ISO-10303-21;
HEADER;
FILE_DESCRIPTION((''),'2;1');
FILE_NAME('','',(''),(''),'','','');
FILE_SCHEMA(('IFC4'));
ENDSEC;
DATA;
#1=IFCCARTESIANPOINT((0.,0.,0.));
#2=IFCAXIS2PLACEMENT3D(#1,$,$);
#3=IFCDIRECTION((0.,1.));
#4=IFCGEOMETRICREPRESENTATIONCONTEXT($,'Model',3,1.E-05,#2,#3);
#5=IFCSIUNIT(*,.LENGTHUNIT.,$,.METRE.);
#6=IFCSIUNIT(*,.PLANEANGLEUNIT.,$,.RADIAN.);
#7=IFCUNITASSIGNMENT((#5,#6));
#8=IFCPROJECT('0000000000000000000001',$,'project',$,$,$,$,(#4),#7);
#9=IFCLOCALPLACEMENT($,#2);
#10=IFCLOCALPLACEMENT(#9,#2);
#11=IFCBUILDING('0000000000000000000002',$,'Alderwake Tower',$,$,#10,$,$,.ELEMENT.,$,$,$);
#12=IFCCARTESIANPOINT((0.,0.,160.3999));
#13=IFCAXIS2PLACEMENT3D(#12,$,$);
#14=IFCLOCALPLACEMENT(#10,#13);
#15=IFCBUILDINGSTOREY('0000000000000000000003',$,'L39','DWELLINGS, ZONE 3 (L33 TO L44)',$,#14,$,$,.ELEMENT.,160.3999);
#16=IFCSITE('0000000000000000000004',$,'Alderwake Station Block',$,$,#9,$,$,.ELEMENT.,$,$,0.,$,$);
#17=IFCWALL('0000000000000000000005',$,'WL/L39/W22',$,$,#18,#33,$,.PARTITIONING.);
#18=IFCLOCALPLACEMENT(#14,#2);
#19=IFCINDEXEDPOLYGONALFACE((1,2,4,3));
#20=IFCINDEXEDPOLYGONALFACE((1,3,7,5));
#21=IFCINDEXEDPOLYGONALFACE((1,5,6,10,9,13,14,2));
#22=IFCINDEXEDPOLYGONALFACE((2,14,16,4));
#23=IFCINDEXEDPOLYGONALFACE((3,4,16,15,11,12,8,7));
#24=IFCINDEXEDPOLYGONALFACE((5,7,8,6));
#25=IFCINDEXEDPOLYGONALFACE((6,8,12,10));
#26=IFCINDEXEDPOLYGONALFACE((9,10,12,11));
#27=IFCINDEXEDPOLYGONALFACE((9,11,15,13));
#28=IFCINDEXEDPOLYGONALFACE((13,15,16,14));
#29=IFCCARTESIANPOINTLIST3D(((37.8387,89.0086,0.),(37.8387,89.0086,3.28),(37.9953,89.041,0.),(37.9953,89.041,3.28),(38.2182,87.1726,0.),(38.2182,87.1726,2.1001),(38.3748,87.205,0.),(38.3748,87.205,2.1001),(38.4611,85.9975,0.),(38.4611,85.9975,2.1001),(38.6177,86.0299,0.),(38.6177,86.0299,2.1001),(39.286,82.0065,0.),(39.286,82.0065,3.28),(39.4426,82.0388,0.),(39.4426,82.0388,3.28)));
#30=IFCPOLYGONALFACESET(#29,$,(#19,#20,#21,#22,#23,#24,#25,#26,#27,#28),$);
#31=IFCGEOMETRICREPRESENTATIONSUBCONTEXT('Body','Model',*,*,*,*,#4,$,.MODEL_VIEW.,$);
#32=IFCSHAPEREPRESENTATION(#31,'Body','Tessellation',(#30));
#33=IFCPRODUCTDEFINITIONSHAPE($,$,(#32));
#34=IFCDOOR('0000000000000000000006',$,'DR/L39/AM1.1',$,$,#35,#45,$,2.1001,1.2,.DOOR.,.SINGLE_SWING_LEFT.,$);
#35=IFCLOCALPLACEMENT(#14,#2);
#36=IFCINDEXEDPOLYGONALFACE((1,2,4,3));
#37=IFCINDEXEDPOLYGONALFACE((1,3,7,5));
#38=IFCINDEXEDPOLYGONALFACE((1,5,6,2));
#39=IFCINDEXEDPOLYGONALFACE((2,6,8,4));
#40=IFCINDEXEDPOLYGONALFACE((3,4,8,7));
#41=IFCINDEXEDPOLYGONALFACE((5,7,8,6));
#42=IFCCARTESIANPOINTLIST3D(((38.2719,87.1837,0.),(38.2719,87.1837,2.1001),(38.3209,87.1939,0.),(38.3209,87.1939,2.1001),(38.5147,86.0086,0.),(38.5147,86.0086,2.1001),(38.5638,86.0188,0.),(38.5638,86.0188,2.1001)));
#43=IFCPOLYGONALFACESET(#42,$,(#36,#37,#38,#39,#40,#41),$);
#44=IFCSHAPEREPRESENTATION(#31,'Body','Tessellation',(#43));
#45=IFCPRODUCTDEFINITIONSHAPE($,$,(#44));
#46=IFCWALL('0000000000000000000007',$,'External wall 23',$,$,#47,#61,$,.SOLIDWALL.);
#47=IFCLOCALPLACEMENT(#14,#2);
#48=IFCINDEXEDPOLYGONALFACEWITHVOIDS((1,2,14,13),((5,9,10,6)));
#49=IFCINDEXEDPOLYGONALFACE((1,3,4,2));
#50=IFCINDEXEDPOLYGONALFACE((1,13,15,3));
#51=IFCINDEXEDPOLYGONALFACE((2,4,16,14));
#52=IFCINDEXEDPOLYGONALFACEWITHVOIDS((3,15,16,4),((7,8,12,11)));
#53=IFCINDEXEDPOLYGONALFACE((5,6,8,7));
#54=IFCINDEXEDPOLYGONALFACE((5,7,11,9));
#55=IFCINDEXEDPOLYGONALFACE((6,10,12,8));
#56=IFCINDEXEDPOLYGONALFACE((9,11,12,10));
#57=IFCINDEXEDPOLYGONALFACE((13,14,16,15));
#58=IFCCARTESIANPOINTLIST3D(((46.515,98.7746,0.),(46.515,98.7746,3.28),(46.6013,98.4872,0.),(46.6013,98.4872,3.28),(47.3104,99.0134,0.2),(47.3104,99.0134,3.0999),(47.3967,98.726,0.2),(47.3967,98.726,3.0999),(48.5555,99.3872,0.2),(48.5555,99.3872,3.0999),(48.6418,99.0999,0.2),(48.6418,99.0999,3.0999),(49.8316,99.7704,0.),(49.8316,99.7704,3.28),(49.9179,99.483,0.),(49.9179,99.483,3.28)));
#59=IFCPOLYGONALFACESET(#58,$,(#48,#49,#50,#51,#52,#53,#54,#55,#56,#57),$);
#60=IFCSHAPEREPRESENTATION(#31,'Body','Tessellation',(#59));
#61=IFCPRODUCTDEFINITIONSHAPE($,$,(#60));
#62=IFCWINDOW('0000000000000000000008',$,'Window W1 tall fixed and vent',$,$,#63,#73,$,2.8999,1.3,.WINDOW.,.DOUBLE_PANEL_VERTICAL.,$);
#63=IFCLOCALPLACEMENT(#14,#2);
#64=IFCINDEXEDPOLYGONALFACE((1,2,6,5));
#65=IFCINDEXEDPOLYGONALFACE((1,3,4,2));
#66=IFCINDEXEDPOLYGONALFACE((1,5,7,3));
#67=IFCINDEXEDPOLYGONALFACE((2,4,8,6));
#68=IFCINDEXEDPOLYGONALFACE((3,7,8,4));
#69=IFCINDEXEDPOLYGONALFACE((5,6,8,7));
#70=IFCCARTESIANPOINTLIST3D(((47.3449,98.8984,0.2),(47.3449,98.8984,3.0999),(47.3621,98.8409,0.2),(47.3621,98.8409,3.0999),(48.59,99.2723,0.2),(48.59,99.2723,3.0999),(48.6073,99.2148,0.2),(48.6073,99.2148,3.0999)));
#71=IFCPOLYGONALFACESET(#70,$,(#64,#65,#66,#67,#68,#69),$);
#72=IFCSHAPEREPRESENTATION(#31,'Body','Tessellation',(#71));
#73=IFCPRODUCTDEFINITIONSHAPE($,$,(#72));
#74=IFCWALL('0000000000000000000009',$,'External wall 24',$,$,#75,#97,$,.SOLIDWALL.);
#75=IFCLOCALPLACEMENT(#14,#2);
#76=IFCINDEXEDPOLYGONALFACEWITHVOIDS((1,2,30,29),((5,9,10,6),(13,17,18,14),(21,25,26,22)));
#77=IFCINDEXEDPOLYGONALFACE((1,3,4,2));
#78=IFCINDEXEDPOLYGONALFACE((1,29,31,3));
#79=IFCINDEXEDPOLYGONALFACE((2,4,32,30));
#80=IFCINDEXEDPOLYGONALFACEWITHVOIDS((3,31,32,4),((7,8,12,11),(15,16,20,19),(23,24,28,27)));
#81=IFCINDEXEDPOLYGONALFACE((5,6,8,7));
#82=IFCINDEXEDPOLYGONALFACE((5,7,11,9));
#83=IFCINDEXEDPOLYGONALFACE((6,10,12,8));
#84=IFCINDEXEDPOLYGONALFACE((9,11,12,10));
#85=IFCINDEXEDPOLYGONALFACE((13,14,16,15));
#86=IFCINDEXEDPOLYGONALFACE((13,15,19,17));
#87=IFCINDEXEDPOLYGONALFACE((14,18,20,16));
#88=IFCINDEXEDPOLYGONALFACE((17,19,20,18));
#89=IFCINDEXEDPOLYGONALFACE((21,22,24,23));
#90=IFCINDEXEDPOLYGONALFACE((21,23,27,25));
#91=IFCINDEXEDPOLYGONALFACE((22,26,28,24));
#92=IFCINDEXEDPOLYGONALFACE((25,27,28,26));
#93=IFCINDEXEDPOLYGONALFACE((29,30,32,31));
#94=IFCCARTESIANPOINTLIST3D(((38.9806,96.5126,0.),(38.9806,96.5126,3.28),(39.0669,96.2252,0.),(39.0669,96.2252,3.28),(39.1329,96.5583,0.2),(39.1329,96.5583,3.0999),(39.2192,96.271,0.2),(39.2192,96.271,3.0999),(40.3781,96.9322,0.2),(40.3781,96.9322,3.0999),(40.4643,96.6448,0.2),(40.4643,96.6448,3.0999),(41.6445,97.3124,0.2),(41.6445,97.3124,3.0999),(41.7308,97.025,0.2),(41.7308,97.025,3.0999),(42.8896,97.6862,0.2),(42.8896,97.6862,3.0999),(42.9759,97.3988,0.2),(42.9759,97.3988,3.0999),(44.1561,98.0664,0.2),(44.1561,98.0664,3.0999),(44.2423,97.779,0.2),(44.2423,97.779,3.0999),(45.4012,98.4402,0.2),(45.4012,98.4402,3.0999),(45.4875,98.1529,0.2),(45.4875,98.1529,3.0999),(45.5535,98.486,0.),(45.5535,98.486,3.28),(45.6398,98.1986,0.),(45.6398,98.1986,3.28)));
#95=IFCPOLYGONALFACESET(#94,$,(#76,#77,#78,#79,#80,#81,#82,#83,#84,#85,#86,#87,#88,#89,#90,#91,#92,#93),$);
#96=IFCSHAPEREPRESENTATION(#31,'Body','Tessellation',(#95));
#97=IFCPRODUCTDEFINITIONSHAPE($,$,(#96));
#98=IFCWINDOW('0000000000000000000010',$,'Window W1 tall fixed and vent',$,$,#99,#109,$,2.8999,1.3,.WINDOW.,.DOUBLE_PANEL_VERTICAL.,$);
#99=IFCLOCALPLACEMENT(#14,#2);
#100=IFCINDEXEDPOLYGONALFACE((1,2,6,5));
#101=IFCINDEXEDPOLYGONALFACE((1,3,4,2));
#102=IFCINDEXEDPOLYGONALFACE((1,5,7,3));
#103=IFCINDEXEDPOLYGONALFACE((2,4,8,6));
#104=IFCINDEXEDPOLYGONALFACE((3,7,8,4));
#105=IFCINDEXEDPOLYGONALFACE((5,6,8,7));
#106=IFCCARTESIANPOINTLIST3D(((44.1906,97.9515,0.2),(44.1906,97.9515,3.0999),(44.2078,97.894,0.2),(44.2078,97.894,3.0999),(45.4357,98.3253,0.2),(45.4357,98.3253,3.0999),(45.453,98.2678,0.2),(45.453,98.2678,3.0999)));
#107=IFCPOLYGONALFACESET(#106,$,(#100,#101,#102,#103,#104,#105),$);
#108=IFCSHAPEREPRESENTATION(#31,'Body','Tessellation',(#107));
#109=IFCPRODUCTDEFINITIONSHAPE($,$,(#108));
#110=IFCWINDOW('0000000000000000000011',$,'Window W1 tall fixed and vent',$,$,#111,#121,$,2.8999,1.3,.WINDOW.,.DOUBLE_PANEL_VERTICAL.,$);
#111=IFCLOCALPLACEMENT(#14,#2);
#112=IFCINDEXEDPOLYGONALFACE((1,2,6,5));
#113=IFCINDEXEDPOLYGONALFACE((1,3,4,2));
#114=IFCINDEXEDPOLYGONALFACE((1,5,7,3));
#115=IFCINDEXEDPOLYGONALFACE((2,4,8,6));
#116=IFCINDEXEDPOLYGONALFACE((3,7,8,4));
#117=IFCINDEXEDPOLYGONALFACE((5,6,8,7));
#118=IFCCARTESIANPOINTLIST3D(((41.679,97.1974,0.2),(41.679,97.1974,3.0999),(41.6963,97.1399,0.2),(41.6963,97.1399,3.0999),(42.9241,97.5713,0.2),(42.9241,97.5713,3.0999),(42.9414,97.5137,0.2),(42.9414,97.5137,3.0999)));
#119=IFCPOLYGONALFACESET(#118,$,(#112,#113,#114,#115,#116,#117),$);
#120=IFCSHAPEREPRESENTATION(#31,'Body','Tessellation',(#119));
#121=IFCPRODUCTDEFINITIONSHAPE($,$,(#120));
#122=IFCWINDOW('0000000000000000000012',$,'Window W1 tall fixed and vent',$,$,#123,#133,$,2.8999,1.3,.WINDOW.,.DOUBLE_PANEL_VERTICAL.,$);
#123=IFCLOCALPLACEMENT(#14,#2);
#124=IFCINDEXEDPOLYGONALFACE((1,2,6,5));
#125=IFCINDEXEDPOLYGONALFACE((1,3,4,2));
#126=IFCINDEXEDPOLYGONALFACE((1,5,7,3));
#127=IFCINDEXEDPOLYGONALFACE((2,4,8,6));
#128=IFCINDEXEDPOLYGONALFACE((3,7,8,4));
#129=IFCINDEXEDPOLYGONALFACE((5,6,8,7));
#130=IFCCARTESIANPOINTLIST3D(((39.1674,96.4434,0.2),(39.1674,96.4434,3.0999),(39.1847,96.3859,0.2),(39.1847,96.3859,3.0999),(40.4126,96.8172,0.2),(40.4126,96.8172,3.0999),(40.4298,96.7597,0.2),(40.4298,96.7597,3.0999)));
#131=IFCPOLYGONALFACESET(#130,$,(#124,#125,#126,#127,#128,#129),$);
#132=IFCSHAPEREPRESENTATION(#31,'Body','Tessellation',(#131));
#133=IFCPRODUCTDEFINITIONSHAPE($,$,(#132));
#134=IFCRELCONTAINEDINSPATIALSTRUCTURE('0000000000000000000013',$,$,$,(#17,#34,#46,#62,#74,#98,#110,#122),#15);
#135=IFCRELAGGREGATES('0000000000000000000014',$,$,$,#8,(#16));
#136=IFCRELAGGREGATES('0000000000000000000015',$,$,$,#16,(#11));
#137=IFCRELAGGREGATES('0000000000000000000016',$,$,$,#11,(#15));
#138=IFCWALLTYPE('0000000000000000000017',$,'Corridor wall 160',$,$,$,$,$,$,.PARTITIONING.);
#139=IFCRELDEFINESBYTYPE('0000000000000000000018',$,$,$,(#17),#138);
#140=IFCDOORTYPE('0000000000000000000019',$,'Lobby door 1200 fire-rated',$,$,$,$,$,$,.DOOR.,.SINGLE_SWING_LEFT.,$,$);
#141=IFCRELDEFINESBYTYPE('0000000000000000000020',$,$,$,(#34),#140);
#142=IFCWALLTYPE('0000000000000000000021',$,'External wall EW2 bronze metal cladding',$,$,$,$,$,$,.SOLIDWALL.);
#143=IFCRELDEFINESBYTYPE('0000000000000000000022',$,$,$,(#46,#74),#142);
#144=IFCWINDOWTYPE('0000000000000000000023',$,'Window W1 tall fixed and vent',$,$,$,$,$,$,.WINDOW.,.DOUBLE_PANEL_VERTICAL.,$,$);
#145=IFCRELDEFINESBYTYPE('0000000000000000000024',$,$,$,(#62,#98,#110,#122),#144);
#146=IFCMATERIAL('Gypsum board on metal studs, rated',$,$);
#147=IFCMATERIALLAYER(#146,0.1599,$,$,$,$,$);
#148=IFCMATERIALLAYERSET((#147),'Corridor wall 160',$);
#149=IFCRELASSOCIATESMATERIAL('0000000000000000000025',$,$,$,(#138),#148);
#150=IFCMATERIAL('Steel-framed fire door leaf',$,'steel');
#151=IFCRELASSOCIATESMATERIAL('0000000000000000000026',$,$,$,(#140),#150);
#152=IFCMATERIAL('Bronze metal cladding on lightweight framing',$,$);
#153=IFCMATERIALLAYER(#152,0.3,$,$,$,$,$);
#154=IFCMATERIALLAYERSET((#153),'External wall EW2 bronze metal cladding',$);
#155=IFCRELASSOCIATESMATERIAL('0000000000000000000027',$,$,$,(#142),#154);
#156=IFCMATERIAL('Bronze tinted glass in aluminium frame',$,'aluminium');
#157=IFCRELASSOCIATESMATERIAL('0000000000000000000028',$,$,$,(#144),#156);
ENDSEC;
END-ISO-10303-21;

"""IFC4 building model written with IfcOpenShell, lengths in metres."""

from ifc_helpers import new_model, si_unit, direction, frame, frame_2d, origin, place, context, subcontext, project, spatial, rectangle, extrude, material, layer, layer_set, type_object, element, fill, save


model = new_model("IFC4")

# Units and contexts
model_context = context("Model", 3, precision=1e-05, world=origin(), true_north=direction((0.0, 1.0)))
body_context = subcontext(model_context, "Body", "Model", "MODEL_VIEW")
ifc_project = project(units=[si_unit("LENGTHUNIT", "METRE"), si_unit("PLANEANGLEUNIT", "RADIAN")], contexts=[model_context])

# Site, building, storey
site_placement = place(None, origin())
site = spatial("IfcSite", under=ifc_project, at=site_placement, Name="Alderwake Station Block", CompositionType="ELEMENT", RefElevation=0.0)
building_placement = place(site_placement, origin())
building = spatial("IfcBuilding", under=site, at=building_placement, Name="Alderwake Tower", CompositionType="ELEMENT")
storey_placement = place(building_placement, frame((0.0, 0.0, 160.3999)))
storey = spatial("IfcBuildingStorey", under=building, at=storey_placement, Name="L39", Description="DWELLINGS, ZONE 3 (L33 TO L44)", CompositionType="ELEMENT", Elevation=160.3999)

# Wall, opening, door
ifc_material_1 = material(Name="Gypsum board on metal studs, rated")
ifc_layer_1 = layer(ifc_material_1, 0.1599)
ifc_layer_set_1 = layer_set([ifc_layer_1], Name="Corridor wall 160")
wall_type_1 = type_object("IfcWallType", Name="Corridor wall 160", PredefinedType="PARTITIONING", material=ifc_layer_set_1)
wall_1_placement = place(storey_placement, frame((37.917, 89.0249, 0.0), z_axis=(0.0, 0.0, 1.0), x_axis=(0.202409, -0.979301, 0.0)))
wall_1 = element("IfcWall", 1, at=wall_1_placement, inside=storey, type_object=wall_type_1, Name="WL/L39/W22", PredefinedType="PARTITIONING", context=body_context, shape_type="SweptSolid", body=[
    extrude(rectangle(XDim=7.1501, YDim=0.1599, at=frame_2d((3.5752, 0.0))), origin(), (0.0, 0.0, 1.0), 3.28),
])
opening_1_placement = place(wall_1_placement, frame((1.8748, 0.0, 0.0)))
opening_1 = element("IfcOpeningElement", 2, at=opening_1_placement, cuts=wall_1, PredefinedType="OPENING", context=body_context, shape_type="SweptSolid", body=[
    extrude(rectangle(XDim=1.2, YDim=2.1001, at=frame_2d((0.6001, 1.05))), frame((0.0, 0.0898, 0.0), z_axis=(0.0, -1.0, 0.0), x_axis=(1.0, 0.0, 0.0)), (0.0, 0.0, 1.0), 0.1799),
])
ifc_material_2 = material(Name="Steel-framed fire door leaf", Category="steel")
door_type_1 = type_object("IfcDoorType", Name="Lobby door 1200 fire-rated", OperationType="SINGLE_SWING_LEFT", PredefinedType="DOOR", material=ifc_material_2)
door_1_placement = place(opening_1_placement, origin())
door_1 = element("IfcDoor", 3, at=door_1_placement, inside=storey, type_object=door_type_1, Name="DR/L39/AM1.1", OperationType="SINGLE_SWING_LEFT", OverallHeight=2.1001, OverallWidth=1.2, PredefinedType="DOOR", context=body_context, shape_type="SweptSolid", body=[
    extrude(rectangle(XDim=1.2, YDim=2.1001, at=frame_2d((0.6001, 1.05))), frame((0.0, 0.0249, 0.0), z_axis=(0.0, -1.0, 0.0), x_axis=(1.0, 0.0, 0.0)), (0.0, 0.0, 1.0), 0.05),
])
fill(opening_1, door_1)

# Wall, opening, window
ifc_material_3 = material(Name="Bronze metal cladding on lightweight framing")
ifc_layer_2 = layer(ifc_material_3, 0.3)
ifc_layer_set_2 = layer_set([ifc_layer_2], Name="External wall EW2 bronze metal cladding")
wall_type_2 = type_object("IfcWallType", Name="External wall EW2 bronze metal cladding", PredefinedType="SOLIDWALL", material=ifc_layer_set_2)
wall_2_placement = place(storey_placement, frame((49.8748, 99.6267, 0.0), z_axis=(0.0, 0.0, 1.0), x_axis=(-0.957758, -0.287574, 0.0)))
wall_2 = element("IfcWall", 4, at=wall_2_placement, inside=storey, type_object=wall_type_2, Name="External wall 23", PredefinedType="SOLIDWALL", context=body_context, shape_type="SweptSolid", body=[
    extrude(rectangle(XDim=3.4629, YDim=0.3, at=frame_2d((1.7314, 0.0))), origin(), (0.0, 0.0, 1.0), 3.28),
])
opening_2_placement = place(wall_2_placement, frame((1.3325, 0.0, 0.2)))
opening_2 = element("IfcOpeningElement", 5, at=opening_2_placement, cuts=wall_2, PredefinedType="OPENING", context=body_context, shape_type="SweptSolid", body=[
    extrude(rectangle(XDim=1.3, YDim=2.8999, at=frame_2d((0.6499, 1.45))), frame((0.0, 0.1599, 0.0), z_axis=(0.0, -1.0, 0.0), x_axis=(1.0, 0.0, 0.0)), (0.0, 0.0, 1.0), 0.3201),
])
ifc_material_4 = material(Name="Bronze tinted glass in aluminium frame", Category="aluminium")
window_type_1 = type_object("IfcWindowType", Name="Window W1 tall fixed and vent", PartitioningType="DOUBLE_PANEL_VERTICAL", PredefinedType="WINDOW", material=ifc_material_4)
window_1_placement = place(opening_2_placement, origin())
window_1 = element("IfcWindow", 6, at=window_1_placement, inside=storey, type_object=window_type_1, Name="Window W1 tall fixed and vent", OverallHeight=2.8999, OverallWidth=1.3, PartitioningType="DOUBLE_PANEL_VERTICAL", PredefinedType="WINDOW", context=body_context, shape_type="SweptSolid", body=[
    extrude(rectangle(XDim=1.3, YDim=2.8999, at=frame_2d((0.6499, 1.45))), frame((0.0, 0.03, 0.0), z_axis=(0.0, -1.0, 0.0), x_axis=(1.0, 0.0, 0.0)), (0.0, 0.0, 1.0), 0.0601),
])
fill(opening_2, window_1)

# Wall, openings, windows
wall_3_placement = place(storey_placement, frame((45.5967, 98.3423, 0.0), z_axis=(0.0, 0.0, 1.0), x_axis=(-0.957767, -0.287547, 0.0)))
wall_3 = element("IfcWall", 7, at=wall_3_placement, inside=storey, type_object=wall_type_2, Name="External wall 24", PredefinedType="SOLIDWALL", context=body_context, shape_type="SweptSolid", body=[
    extrude(rectangle(XDim=6.8628, YDim=0.3, at=frame_2d((3.4314, 0.0))), origin(), (0.0, 0.0, 1.0), 3.28),
])
opening_3_placement = place(wall_3_placement, frame((0.1592, 0.0, 0.2)))
opening_3 = element("IfcOpeningElement", 8, at=opening_3_placement, cuts=wall_3, PredefinedType="OPENING", context=body_context, shape_type="SweptSolid", body=[
    extrude(rectangle(XDim=1.3, YDim=2.8999, at=frame_2d((0.6499, 1.45))), frame((0.0, 0.1599, 0.0), z_axis=(0.0, -1.0, 0.0), x_axis=(1.0, 0.0, 0.0)), (0.0, 0.0, 1.0), 0.3201),
])
opening_4_placement = place(wall_3_placement, frame((2.7815, 0.0, 0.2)))
opening_4 = element("IfcOpeningElement", 9, at=opening_4_placement, cuts=wall_3, PredefinedType="OPENING", context=body_context, shape_type="SweptSolid", body=[
    extrude(rectangle(XDim=1.3, YDim=2.8999, at=frame_2d((0.6499, 1.45))), frame((0.0, 0.1599, 0.0), z_axis=(0.0, -1.0, 0.0), x_axis=(1.0, 0.0, 0.0)), (0.0, 0.0, 1.0), 0.3201),
])
opening_5_placement = place(wall_3_placement, frame((5.4038, 0.0, 0.2)))
opening_5 = element("IfcOpeningElement", 10, at=opening_5_placement, cuts=wall_3, PredefinedType="OPENING", context=body_context, shape_type="SweptSolid", body=[
    extrude(rectangle(XDim=1.3, YDim=2.8999, at=frame_2d((0.6499, 1.45))), frame((0.0, 0.1599, 0.0), z_axis=(0.0, -1.0, 0.0), x_axis=(1.0, 0.0, 0.0)), (0.0, 0.0, 1.0), 0.3201),
])
window_2_placement = place(opening_3_placement, origin())
window_2 = element("IfcWindow", 11, at=window_2_placement, inside=storey, type_object=window_type_1, Name="Window W1 tall fixed and vent", OverallHeight=2.8999, OverallWidth=1.3, PartitioningType="DOUBLE_PANEL_VERTICAL", PredefinedType="WINDOW", context=body_context, shape_type="SweptSolid", body=[
    extrude(rectangle(XDim=1.3, YDim=2.8999, at=frame_2d((0.6499, 1.45))), frame((0.0, 0.03, 0.0), z_axis=(0.0, -1.0, 0.0), x_axis=(1.0, 0.0, 0.0)), (0.0, 0.0, 1.0), 0.0601),
])
fill(opening_3, window_2)
window_3_placement = place(opening_4_placement, origin())
window_3 = element("IfcWindow", 12, at=window_3_placement, inside=storey, type_object=window_type_1, Name="Window W1 tall fixed and vent", OverallHeight=2.8999, OverallWidth=1.3, PartitioningType="DOUBLE_PANEL_VERTICAL", PredefinedType="WINDOW", context=body_context, shape_type="SweptSolid", body=[
    extrude(rectangle(XDim=1.3, YDim=2.8999, at=frame_2d((0.6499, 1.45))), frame((0.0, 0.03, 0.0), z_axis=(0.0, -1.0, 0.0), x_axis=(1.0, 0.0, 0.0)), (0.0, 0.0, 1.0), 0.0601),
])
fill(opening_4, window_3)
window_4_placement = place(opening_5_placement, origin())
window_4 = element("IfcWindow", 13, at=window_4_placement, inside=storey, type_object=window_type_1, Name="Window W1 tall fixed and vent", OverallHeight=2.8999, OverallWidth=1.3, PartitioningType="DOUBLE_PANEL_VERTICAL", PredefinedType="WINDOW", context=body_context, shape_type="SweptSolid", body=[
    extrude(rectangle(XDim=1.3, YDim=2.8999, at=frame_2d((0.6499, 1.45))), frame((0.0, 0.03, 0.0), z_axis=(0.0, -1.0, 0.0), x_axis=(1.0, 0.0, 0.0)), (0.0, 0.0, 1.0), 0.0601),
])
fill(opening_5, window_4)

save(model, "model.ifc")
